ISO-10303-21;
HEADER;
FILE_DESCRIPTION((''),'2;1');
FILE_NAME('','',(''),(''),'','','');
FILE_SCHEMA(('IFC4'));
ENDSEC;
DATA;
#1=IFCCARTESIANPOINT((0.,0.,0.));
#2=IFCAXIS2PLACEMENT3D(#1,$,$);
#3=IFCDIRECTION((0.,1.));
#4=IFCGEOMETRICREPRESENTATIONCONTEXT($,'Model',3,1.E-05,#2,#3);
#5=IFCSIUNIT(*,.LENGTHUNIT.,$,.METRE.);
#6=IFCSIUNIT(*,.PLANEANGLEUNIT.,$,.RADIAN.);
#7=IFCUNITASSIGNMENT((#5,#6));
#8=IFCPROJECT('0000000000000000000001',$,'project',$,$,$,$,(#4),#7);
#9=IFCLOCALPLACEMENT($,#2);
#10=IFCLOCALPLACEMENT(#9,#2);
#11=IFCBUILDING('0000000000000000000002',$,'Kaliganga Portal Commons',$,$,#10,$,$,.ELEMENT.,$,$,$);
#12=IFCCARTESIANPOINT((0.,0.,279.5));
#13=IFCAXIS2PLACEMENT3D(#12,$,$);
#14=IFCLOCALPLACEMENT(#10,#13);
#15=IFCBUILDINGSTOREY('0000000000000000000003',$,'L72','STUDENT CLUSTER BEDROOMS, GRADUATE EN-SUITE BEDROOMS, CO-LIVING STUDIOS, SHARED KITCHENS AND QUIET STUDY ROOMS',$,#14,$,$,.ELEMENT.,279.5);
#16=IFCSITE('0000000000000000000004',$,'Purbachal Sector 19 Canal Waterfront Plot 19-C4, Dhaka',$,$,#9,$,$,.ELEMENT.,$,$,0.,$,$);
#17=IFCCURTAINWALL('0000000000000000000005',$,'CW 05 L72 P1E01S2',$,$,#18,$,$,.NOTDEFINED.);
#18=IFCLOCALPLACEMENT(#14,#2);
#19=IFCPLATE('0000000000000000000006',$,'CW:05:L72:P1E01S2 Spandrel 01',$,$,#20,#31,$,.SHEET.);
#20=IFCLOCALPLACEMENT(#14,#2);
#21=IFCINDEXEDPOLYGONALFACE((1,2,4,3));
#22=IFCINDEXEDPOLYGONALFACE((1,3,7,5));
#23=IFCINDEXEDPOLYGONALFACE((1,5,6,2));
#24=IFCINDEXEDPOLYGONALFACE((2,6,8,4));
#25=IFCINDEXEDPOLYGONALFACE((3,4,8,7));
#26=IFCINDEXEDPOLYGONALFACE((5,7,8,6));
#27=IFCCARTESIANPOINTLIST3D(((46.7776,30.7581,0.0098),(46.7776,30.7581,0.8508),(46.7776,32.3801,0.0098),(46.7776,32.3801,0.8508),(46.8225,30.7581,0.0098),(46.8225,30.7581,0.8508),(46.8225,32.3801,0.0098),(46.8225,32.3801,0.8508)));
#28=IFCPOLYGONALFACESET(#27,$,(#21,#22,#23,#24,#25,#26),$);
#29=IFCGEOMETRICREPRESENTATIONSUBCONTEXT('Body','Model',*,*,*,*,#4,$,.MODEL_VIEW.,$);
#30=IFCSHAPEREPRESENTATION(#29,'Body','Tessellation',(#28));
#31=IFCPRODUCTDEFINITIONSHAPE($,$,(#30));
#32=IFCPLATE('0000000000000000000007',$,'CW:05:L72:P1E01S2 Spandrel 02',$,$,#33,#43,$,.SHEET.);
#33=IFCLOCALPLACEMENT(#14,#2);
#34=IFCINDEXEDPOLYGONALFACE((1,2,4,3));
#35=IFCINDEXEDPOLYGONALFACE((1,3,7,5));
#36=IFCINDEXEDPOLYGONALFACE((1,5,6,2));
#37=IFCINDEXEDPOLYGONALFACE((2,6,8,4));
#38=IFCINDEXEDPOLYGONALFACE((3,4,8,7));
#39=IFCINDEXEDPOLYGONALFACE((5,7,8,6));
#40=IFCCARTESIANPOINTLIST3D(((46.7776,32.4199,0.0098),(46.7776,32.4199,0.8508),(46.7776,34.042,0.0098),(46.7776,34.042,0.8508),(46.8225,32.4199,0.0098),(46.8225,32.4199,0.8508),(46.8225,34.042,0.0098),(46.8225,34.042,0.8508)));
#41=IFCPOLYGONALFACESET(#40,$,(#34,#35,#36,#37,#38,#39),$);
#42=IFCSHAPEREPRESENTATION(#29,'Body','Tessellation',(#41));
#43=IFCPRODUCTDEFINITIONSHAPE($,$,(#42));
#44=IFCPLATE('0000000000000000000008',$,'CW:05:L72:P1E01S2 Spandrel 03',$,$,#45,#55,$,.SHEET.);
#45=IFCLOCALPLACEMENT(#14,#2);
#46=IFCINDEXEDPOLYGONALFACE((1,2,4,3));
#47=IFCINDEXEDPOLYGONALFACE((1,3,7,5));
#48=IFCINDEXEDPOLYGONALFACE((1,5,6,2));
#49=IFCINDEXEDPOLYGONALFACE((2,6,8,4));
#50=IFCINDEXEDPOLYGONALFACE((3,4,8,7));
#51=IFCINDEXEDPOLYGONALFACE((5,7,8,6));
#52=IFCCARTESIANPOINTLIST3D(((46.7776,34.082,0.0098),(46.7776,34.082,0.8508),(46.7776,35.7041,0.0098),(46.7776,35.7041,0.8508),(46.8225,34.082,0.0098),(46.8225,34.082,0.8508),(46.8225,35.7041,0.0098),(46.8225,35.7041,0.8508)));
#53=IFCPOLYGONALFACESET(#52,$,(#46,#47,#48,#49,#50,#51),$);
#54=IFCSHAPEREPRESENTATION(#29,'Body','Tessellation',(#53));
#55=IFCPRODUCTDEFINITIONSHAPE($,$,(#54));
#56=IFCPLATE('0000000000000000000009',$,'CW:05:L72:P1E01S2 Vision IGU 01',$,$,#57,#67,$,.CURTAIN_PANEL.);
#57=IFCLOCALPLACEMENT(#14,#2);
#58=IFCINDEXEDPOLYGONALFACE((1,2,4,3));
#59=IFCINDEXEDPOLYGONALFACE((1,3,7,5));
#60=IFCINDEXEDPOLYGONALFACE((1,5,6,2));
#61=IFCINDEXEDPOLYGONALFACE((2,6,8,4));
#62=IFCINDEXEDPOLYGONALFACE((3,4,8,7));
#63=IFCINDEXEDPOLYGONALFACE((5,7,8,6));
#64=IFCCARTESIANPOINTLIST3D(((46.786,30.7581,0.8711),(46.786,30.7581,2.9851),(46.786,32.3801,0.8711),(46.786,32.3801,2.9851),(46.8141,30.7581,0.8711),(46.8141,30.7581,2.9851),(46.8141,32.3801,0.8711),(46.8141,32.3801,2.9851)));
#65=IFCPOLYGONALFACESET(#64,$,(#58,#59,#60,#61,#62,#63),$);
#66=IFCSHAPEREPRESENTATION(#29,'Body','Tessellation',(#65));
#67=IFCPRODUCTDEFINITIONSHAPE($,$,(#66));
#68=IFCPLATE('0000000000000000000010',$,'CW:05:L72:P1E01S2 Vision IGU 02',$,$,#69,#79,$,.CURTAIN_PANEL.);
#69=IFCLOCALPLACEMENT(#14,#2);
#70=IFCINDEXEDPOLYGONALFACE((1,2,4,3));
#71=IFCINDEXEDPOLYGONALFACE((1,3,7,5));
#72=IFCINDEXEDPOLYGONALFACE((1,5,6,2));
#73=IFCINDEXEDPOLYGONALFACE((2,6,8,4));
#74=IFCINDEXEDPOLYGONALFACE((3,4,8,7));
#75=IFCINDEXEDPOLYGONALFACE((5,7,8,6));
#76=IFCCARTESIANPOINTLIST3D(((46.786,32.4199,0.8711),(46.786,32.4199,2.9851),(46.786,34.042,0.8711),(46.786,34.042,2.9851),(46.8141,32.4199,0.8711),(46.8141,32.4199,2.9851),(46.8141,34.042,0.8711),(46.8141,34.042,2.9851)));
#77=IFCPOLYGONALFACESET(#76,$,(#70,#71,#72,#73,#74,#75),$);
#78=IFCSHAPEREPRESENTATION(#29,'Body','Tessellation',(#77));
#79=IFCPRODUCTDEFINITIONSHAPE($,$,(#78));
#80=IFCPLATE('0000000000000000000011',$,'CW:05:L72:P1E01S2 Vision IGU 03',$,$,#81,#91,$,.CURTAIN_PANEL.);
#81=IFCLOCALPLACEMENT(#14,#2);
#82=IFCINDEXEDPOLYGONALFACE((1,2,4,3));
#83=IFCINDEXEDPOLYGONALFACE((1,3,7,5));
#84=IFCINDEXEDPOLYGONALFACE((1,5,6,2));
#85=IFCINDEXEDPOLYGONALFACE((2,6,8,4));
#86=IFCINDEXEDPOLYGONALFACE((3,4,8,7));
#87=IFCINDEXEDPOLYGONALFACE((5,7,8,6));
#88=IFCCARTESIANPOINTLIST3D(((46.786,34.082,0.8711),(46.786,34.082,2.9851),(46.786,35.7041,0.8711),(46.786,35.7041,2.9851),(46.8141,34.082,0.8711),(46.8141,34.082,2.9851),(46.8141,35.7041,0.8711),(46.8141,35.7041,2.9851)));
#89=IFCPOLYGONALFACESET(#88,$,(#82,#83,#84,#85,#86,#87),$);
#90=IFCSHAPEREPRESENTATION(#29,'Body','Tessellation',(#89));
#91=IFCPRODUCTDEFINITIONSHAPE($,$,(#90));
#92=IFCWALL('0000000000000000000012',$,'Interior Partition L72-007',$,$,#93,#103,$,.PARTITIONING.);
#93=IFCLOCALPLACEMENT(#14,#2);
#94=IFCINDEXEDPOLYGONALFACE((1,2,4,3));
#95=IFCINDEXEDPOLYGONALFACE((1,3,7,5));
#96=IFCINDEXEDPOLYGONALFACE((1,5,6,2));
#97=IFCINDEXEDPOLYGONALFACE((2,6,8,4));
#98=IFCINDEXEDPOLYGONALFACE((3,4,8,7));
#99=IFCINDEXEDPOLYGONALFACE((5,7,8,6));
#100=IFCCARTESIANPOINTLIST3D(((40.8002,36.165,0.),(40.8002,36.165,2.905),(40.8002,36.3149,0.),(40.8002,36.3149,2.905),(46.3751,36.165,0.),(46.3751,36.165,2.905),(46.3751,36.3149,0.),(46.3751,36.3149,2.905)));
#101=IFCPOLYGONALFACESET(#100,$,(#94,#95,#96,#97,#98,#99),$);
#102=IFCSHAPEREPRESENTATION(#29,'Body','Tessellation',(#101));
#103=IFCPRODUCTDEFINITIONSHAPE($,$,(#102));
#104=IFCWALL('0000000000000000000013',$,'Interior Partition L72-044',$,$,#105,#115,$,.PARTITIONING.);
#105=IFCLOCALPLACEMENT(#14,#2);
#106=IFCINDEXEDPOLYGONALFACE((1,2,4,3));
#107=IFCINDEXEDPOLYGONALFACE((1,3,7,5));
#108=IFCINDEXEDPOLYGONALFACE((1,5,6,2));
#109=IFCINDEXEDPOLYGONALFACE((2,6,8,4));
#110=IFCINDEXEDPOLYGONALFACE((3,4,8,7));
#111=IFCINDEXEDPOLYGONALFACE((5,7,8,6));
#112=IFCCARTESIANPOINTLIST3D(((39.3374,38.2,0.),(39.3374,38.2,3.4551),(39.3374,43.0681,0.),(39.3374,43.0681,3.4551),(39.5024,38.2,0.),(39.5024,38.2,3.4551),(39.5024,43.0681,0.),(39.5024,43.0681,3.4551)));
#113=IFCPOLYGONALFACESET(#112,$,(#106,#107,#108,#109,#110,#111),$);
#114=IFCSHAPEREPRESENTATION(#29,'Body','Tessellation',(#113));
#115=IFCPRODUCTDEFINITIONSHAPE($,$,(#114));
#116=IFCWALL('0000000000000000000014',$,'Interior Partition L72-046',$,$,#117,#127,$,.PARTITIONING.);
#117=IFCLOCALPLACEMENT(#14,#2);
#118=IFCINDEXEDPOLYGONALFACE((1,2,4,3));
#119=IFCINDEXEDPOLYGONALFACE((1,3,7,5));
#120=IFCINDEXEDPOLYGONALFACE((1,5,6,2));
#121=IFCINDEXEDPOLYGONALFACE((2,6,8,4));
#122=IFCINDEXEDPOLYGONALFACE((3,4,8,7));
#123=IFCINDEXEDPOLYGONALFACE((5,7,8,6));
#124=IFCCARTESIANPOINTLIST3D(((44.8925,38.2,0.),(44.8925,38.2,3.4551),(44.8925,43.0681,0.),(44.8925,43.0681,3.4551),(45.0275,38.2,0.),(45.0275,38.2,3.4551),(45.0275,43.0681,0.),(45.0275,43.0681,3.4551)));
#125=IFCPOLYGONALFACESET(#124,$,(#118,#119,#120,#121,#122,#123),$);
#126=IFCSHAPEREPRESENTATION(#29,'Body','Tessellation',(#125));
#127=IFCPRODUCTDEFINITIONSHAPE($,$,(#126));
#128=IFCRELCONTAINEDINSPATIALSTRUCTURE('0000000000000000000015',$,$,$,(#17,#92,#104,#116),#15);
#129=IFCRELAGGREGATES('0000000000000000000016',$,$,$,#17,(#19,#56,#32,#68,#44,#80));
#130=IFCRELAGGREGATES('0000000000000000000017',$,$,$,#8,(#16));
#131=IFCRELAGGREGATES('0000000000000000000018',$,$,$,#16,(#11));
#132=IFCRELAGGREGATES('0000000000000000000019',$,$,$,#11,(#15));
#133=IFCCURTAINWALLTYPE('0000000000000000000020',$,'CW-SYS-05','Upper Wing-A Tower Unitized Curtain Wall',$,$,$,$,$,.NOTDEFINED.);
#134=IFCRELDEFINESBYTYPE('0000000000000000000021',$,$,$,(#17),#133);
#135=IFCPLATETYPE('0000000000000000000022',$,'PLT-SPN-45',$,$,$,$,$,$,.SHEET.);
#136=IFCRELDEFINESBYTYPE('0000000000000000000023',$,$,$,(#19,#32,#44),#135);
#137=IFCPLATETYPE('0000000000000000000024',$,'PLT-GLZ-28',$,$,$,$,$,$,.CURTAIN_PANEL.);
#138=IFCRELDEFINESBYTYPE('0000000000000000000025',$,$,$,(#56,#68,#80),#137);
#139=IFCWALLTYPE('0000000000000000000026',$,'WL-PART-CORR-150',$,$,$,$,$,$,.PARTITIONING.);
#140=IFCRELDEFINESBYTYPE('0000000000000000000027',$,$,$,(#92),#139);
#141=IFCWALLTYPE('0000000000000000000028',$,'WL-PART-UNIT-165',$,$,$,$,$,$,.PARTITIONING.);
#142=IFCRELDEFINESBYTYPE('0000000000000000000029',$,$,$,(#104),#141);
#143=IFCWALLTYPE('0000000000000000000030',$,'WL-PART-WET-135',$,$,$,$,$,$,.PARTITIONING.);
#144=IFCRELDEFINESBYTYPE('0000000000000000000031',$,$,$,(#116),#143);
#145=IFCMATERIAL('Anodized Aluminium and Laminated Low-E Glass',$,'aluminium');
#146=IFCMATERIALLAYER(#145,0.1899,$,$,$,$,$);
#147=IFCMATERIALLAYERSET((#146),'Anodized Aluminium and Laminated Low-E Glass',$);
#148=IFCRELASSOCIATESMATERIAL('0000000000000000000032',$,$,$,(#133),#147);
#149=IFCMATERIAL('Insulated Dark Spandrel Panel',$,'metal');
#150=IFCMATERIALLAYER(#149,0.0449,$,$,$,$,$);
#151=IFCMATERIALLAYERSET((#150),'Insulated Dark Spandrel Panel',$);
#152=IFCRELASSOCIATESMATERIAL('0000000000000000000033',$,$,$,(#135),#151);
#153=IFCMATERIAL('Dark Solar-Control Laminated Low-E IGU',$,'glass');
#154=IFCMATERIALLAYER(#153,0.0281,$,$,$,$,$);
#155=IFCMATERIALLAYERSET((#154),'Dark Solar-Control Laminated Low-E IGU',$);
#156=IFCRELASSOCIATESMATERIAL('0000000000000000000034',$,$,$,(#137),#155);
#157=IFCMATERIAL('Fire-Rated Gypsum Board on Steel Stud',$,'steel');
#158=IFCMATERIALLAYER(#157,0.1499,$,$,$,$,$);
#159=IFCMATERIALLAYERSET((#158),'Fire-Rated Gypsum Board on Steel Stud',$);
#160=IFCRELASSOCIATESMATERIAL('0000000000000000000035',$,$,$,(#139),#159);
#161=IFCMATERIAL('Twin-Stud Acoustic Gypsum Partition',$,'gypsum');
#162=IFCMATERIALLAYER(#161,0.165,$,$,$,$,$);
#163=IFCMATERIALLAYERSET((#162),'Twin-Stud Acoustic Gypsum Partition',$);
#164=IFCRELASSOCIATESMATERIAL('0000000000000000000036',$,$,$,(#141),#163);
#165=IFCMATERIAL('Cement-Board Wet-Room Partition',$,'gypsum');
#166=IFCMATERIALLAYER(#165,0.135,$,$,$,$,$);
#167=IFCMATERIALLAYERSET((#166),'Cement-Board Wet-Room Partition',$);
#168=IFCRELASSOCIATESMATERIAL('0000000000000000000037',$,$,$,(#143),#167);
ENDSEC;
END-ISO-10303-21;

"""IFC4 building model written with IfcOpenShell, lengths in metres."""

from ifc_helpers import new_model, si_unit, direction, frame, frame_2d, origin, origin_2d, place, context, subcontext, project, spatial, rectangle, extrude, source, transform, mapped, material, layer, layer_set, type_object, element, aggregate, save


model = new_model("IFC4")

# Units and contexts
model_context = context("Model", 3, precision=1e-05, world=origin(), true_north=direction((0.0, 1.0)))
body_context = subcontext(model_context, "Body", "Model", "MODEL_VIEW")
ifc_project = project(units=[si_unit("LENGTHUNIT", "METRE"), si_unit("PLANEANGLEUNIT", "RADIAN")], contexts=[model_context])

# Site, building, storey
site_placement = place(None, origin())
site = spatial("IfcSite", under=ifc_project, at=site_placement, Name="Purbachal Sector 19 Canal Waterfront Plot 19-C4, Dhaka", CompositionType="ELEMENT", RefElevation=0.0)
building_placement = place(site_placement, origin())
building = spatial("IfcBuilding", under=site, at=building_placement, Name="Kaliganga Portal Commons", CompositionType="ELEMENT")
storey_placement = place(building_placement, frame((0.0, 0.0, 279.5)))
storey = spatial("IfcBuildingStorey", under=building, at=storey_placement, Name="L72", Description="STUDENT CLUSTER BEDROOMS, GRADUATE EN-SUITE BEDROOMS, CO-LIVING STUDIOS, SHARED KITCHENS AND QUIET STUDY ROOMS", CompositionType="ELEMENT", Elevation=279.5)

# Curtain wall
ifc_material_1 = material(Name="Anodized Aluminium and Laminated Low-E Glass", Category="aluminium")
ifc_layer_1 = layer(ifc_material_1, 0.1899)
ifc_layer_set_1 = layer_set([ifc_layer_1], Name="Anodized Aluminium and Laminated Low-E Glass")
curtain_wall_type = type_object("IfcCurtainWallType", Name="CW-SYS-05", Description="Upper Wing-A Tower Unitized Curtain Wall", PredefinedType="NOTDEFINED", material=ifc_layer_set_1)
curtain_wall_1_placement = place(storey_placement, origin())
curtain_wall_1 = element("IfcCurtainWall", 1, at=curtain_wall_1_placement, inside=storey, type_object=curtain_wall_type, Name="CW 05 L72 P1E01S2", PredefinedType="NOTDEFINED")

# Shared definitions
ifc_material_2 = material(Name="Insulated Dark Spandrel Panel", Category="metal")
ifc_layer_2 = layer(ifc_material_2, 0.0449)
ifc_layer_set_2 = layer_set([ifc_layer_2], Name="Insulated Dark Spandrel Panel")
plate_type_1 = type_object("IfcPlateType", Name="PLT-SPN-45", PredefinedType="SHEET", material=ifc_layer_set_2)
ifc_material_3 = material(Name="Dark Solar-Control Laminated Low-E IGU", Category="glass")
ifc_layer_3 = layer(ifc_material_3, 0.0281)
ifc_layer_set_3 = layer_set([ifc_layer_3], Name="Dark Solar-Control Laminated Low-E IGU")
plate_type_2 = type_object("IfcPlateType", Name="PLT-GLZ-28", PredefinedType="CURTAIN_PANEL", material=ifc_layer_set_3)

# Plates
shared_shape_1 = source(origin(), body_context, "Body", "SweptSolid", [
    extrude(rectangle(XDim=1.6221, YDim=0.0449, at=origin_2d()), origin(), (0.0, 0.0, 1.0), 0.8411),
])
plate_1_placement = place(storey_placement, frame((46.8, 31.5691, 0.0098), z_axis=(0.0, 0.0, 1.0), x_axis=(0.0, 1.0, 0.0)))
plate_1 = element("IfcPlate", 2, at=plate_1_placement, type_object=plate_type_1, Name="CW:05:L72:P1E01S2 Spandrel 01", PredefinedType="SHEET", context=body_context, shape_type="MappedRepresentation", body=[
    mapped(shared_shape_1, transform((0.0, 0.0, 0.0), x_axis=(1.0, 0.0, 0.0), y_axis=(0.0, 1.0, 0.0), z_axis=(0.0, 0.0, 1.0), scale=1.0)),
])
plate_2_placement = place(storey_placement, frame((46.8, 33.231, 0.0098), z_axis=(0.0, 0.0, 1.0), x_axis=(0.0, 1.0, 0.0)))
plate_2 = element("IfcPlate", 3, at=plate_2_placement, type_object=plate_type_1, Name="CW:05:L72:P1E01S2 Spandrel 02", PredefinedType="SHEET", context=body_context, shape_type="MappedRepresentation", body=[
    mapped(shared_shape_1, transform((0.0, 0.0, 0.0), x_axis=(1.0, 0.0, 0.0), y_axis=(0.0, 1.0, 0.0), z_axis=(0.0, 0.0, 1.0), scale=1.0)),
])
plate_3_placement = place(storey_placement, frame((46.8, 34.8931, 0.0098), z_axis=(0.0, 0.0, 1.0), x_axis=(0.0, 1.0, 0.0)))
plate_3 = element("IfcPlate", 4, at=plate_3_placement, type_object=plate_type_1, Name="CW:05:L72:P1E01S2 Spandrel 03", PredefinedType="SHEET", context=body_context, shape_type="MappedRepresentation", body=[
    mapped(shared_shape_1, transform((0.0, 0.0, 0.0), x_axis=(1.0, 0.0, 0.0), y_axis=(0.0, 1.0, 0.0), z_axis=(0.0, 0.0, 1.0), scale=1.0)),
])
shared_shape_2 = source(origin(), body_context, "Body", "SweptSolid", [
    extrude(rectangle(XDim=1.6221, YDim=0.0281, at=origin_2d()), origin(), (0.0, 0.0, 1.0), 2.114),
])
plate_4_placement = place(storey_placement, frame((46.8, 31.5691, 0.8711), z_axis=(0.0, 0.0, 1.0), x_axis=(0.0, 1.0, 0.0)))
plate_4 = element("IfcPlate", 5, at=plate_4_placement, type_object=plate_type_2, Name="CW:05:L72:P1E01S2 Vision IGU 01", PredefinedType="CURTAIN_PANEL", context=body_context, shape_type="MappedRepresentation", body=[
    mapped(shared_shape_2, transform((0.0, 0.0, 0.0), x_axis=(1.0, 0.0, 0.0), y_axis=(0.0, 1.0, 0.0), z_axis=(0.0, 0.0, 1.0), scale=1.0)),
])
plate_5_placement = place(storey_placement, frame((46.8, 33.231, 0.8711), z_axis=(0.0, 0.0, 1.0), x_axis=(0.0, 1.0, 0.0)))
plate_5 = element("IfcPlate", 6, at=plate_5_placement, type_object=plate_type_2, Name="CW:05:L72:P1E01S2 Vision IGU 02", PredefinedType="CURTAIN_PANEL", context=body_context, shape_type="MappedRepresentation", body=[
    mapped(shared_shape_2, transform((0.0, 0.0, 0.0), x_axis=(1.0, 0.0, 0.0), y_axis=(0.0, 1.0, 0.0), z_axis=(0.0, 0.0, 1.0), scale=1.0)),
])
plate_6_placement = place(storey_placement, frame((46.8, 34.8931, 0.8711), z_axis=(0.0, 0.0, 1.0), x_axis=(0.0, 1.0, 0.0)))
plate_6 = element("IfcPlate", 7, at=plate_6_placement, type_object=plate_type_2, Name="CW:05:L72:P1E01S2 Vision IGU 03", PredefinedType="CURTAIN_PANEL", context=body_context, shape_type="MappedRepresentation", body=[
    mapped(shared_shape_2, transform((0.0, 0.0, 0.0), x_axis=(1.0, 0.0, 0.0), y_axis=(0.0, 1.0, 0.0), z_axis=(0.0, 0.0, 1.0), scale=1.0)),
])
aggregate(curtain_wall_1, [plate_1, plate_4, plate_2, plate_5, plate_3, plate_6])

# Wall
ifc_material_4 = material(Name="Fire-Rated Gypsum Board on Steel Stud", Category="steel")
ifc_layer_4 = layer(ifc_material_4, 0.1499)
ifc_layer_set_4 = layer_set([ifc_layer_4], Name="Fire-Rated Gypsum Board on Steel Stud")
wall_type_1 = type_object("IfcWallType", Name="WL-PART-CORR-150", PredefinedType="PARTITIONING", material=ifc_layer_set_4)
wall_1_placement = place(storey_placement, frame((40.8, 36.24, 0.0), z_axis=(0.0, 0.0, 1.0), x_axis=(1.0, 0.0, 0.0)))
element("IfcWall", 8, at=wall_1_placement, inside=storey, type_object=wall_type_1, Name="Interior Partition L72-007", PredefinedType="PARTITIONING", context=body_context, shape_type="SweptSolid", body=[
    extrude(rectangle(XDim=5.575, YDim=0.1499, at=frame_2d((2.7876, 0.0))), origin(), (0.0, 0.0, 1.0), 2.905),
])

# Walls
ifc_material_5 = material(Name="Twin-Stud Acoustic Gypsum Partition", Category="gypsum")
ifc_layer_5 = layer(ifc_material_5, 0.165)
ifc_layer_set_5 = layer_set([ifc_layer_5], Name="Twin-Stud Acoustic Gypsum Partition")
wall_type_2 = type_object("IfcWallType", Name="WL-PART-UNIT-165", PredefinedType="PARTITIONING", material=ifc_layer_set_5)
wall_2_placement = place(storey_placement, frame((39.4199, 38.2, 0.0), z_axis=(0.0, 0.0, 1.0), x_axis=(0.0, 1.0, 0.0)))
element("IfcWall", 9, at=wall_2_placement, inside=storey, type_object=wall_type_2, Name="Interior Partition L72-044", PredefinedType="PARTITIONING", context=body_context, shape_type="SweptSolid", body=[
    extrude(rectangle(XDim=4.8682, YDim=0.165, at=frame_2d((2.4341, 0.0))), origin(), (0.0, 0.0, 1.0), 3.4551),
])
ifc_material_6 = material(Name="Cement-Board Wet-Room Partition", Category="gypsum")
ifc_layer_6 = layer(ifc_material_6, 0.135)
ifc_layer_set_6 = layer_set([ifc_layer_6], Name="Cement-Board Wet-Room Partition")
wall_type_3 = type_object("IfcWallType", Name="WL-PART-WET-135", PredefinedType="PARTITIONING", material=ifc_layer_set_6)
wall_3_placement = place(storey_placement, frame((44.96, 38.2, 0.0), z_axis=(0.0, 0.0, 1.0), x_axis=(0.0, 1.0, 0.0)))
element("IfcWall", 10, at=wall_3_placement, inside=storey, type_object=wall_type_3, Name="Interior Partition L72-046", PredefinedType="PARTITIONING", context=body_context, shape_type="SweptSolid", body=[
    extrude(rectangle(XDim=4.8682, YDim=0.135, at=frame_2d((2.4341, 0.0))), origin(), (0.0, 0.0, 1.0), 3.4551),
])

save(model, "model.ifc")
